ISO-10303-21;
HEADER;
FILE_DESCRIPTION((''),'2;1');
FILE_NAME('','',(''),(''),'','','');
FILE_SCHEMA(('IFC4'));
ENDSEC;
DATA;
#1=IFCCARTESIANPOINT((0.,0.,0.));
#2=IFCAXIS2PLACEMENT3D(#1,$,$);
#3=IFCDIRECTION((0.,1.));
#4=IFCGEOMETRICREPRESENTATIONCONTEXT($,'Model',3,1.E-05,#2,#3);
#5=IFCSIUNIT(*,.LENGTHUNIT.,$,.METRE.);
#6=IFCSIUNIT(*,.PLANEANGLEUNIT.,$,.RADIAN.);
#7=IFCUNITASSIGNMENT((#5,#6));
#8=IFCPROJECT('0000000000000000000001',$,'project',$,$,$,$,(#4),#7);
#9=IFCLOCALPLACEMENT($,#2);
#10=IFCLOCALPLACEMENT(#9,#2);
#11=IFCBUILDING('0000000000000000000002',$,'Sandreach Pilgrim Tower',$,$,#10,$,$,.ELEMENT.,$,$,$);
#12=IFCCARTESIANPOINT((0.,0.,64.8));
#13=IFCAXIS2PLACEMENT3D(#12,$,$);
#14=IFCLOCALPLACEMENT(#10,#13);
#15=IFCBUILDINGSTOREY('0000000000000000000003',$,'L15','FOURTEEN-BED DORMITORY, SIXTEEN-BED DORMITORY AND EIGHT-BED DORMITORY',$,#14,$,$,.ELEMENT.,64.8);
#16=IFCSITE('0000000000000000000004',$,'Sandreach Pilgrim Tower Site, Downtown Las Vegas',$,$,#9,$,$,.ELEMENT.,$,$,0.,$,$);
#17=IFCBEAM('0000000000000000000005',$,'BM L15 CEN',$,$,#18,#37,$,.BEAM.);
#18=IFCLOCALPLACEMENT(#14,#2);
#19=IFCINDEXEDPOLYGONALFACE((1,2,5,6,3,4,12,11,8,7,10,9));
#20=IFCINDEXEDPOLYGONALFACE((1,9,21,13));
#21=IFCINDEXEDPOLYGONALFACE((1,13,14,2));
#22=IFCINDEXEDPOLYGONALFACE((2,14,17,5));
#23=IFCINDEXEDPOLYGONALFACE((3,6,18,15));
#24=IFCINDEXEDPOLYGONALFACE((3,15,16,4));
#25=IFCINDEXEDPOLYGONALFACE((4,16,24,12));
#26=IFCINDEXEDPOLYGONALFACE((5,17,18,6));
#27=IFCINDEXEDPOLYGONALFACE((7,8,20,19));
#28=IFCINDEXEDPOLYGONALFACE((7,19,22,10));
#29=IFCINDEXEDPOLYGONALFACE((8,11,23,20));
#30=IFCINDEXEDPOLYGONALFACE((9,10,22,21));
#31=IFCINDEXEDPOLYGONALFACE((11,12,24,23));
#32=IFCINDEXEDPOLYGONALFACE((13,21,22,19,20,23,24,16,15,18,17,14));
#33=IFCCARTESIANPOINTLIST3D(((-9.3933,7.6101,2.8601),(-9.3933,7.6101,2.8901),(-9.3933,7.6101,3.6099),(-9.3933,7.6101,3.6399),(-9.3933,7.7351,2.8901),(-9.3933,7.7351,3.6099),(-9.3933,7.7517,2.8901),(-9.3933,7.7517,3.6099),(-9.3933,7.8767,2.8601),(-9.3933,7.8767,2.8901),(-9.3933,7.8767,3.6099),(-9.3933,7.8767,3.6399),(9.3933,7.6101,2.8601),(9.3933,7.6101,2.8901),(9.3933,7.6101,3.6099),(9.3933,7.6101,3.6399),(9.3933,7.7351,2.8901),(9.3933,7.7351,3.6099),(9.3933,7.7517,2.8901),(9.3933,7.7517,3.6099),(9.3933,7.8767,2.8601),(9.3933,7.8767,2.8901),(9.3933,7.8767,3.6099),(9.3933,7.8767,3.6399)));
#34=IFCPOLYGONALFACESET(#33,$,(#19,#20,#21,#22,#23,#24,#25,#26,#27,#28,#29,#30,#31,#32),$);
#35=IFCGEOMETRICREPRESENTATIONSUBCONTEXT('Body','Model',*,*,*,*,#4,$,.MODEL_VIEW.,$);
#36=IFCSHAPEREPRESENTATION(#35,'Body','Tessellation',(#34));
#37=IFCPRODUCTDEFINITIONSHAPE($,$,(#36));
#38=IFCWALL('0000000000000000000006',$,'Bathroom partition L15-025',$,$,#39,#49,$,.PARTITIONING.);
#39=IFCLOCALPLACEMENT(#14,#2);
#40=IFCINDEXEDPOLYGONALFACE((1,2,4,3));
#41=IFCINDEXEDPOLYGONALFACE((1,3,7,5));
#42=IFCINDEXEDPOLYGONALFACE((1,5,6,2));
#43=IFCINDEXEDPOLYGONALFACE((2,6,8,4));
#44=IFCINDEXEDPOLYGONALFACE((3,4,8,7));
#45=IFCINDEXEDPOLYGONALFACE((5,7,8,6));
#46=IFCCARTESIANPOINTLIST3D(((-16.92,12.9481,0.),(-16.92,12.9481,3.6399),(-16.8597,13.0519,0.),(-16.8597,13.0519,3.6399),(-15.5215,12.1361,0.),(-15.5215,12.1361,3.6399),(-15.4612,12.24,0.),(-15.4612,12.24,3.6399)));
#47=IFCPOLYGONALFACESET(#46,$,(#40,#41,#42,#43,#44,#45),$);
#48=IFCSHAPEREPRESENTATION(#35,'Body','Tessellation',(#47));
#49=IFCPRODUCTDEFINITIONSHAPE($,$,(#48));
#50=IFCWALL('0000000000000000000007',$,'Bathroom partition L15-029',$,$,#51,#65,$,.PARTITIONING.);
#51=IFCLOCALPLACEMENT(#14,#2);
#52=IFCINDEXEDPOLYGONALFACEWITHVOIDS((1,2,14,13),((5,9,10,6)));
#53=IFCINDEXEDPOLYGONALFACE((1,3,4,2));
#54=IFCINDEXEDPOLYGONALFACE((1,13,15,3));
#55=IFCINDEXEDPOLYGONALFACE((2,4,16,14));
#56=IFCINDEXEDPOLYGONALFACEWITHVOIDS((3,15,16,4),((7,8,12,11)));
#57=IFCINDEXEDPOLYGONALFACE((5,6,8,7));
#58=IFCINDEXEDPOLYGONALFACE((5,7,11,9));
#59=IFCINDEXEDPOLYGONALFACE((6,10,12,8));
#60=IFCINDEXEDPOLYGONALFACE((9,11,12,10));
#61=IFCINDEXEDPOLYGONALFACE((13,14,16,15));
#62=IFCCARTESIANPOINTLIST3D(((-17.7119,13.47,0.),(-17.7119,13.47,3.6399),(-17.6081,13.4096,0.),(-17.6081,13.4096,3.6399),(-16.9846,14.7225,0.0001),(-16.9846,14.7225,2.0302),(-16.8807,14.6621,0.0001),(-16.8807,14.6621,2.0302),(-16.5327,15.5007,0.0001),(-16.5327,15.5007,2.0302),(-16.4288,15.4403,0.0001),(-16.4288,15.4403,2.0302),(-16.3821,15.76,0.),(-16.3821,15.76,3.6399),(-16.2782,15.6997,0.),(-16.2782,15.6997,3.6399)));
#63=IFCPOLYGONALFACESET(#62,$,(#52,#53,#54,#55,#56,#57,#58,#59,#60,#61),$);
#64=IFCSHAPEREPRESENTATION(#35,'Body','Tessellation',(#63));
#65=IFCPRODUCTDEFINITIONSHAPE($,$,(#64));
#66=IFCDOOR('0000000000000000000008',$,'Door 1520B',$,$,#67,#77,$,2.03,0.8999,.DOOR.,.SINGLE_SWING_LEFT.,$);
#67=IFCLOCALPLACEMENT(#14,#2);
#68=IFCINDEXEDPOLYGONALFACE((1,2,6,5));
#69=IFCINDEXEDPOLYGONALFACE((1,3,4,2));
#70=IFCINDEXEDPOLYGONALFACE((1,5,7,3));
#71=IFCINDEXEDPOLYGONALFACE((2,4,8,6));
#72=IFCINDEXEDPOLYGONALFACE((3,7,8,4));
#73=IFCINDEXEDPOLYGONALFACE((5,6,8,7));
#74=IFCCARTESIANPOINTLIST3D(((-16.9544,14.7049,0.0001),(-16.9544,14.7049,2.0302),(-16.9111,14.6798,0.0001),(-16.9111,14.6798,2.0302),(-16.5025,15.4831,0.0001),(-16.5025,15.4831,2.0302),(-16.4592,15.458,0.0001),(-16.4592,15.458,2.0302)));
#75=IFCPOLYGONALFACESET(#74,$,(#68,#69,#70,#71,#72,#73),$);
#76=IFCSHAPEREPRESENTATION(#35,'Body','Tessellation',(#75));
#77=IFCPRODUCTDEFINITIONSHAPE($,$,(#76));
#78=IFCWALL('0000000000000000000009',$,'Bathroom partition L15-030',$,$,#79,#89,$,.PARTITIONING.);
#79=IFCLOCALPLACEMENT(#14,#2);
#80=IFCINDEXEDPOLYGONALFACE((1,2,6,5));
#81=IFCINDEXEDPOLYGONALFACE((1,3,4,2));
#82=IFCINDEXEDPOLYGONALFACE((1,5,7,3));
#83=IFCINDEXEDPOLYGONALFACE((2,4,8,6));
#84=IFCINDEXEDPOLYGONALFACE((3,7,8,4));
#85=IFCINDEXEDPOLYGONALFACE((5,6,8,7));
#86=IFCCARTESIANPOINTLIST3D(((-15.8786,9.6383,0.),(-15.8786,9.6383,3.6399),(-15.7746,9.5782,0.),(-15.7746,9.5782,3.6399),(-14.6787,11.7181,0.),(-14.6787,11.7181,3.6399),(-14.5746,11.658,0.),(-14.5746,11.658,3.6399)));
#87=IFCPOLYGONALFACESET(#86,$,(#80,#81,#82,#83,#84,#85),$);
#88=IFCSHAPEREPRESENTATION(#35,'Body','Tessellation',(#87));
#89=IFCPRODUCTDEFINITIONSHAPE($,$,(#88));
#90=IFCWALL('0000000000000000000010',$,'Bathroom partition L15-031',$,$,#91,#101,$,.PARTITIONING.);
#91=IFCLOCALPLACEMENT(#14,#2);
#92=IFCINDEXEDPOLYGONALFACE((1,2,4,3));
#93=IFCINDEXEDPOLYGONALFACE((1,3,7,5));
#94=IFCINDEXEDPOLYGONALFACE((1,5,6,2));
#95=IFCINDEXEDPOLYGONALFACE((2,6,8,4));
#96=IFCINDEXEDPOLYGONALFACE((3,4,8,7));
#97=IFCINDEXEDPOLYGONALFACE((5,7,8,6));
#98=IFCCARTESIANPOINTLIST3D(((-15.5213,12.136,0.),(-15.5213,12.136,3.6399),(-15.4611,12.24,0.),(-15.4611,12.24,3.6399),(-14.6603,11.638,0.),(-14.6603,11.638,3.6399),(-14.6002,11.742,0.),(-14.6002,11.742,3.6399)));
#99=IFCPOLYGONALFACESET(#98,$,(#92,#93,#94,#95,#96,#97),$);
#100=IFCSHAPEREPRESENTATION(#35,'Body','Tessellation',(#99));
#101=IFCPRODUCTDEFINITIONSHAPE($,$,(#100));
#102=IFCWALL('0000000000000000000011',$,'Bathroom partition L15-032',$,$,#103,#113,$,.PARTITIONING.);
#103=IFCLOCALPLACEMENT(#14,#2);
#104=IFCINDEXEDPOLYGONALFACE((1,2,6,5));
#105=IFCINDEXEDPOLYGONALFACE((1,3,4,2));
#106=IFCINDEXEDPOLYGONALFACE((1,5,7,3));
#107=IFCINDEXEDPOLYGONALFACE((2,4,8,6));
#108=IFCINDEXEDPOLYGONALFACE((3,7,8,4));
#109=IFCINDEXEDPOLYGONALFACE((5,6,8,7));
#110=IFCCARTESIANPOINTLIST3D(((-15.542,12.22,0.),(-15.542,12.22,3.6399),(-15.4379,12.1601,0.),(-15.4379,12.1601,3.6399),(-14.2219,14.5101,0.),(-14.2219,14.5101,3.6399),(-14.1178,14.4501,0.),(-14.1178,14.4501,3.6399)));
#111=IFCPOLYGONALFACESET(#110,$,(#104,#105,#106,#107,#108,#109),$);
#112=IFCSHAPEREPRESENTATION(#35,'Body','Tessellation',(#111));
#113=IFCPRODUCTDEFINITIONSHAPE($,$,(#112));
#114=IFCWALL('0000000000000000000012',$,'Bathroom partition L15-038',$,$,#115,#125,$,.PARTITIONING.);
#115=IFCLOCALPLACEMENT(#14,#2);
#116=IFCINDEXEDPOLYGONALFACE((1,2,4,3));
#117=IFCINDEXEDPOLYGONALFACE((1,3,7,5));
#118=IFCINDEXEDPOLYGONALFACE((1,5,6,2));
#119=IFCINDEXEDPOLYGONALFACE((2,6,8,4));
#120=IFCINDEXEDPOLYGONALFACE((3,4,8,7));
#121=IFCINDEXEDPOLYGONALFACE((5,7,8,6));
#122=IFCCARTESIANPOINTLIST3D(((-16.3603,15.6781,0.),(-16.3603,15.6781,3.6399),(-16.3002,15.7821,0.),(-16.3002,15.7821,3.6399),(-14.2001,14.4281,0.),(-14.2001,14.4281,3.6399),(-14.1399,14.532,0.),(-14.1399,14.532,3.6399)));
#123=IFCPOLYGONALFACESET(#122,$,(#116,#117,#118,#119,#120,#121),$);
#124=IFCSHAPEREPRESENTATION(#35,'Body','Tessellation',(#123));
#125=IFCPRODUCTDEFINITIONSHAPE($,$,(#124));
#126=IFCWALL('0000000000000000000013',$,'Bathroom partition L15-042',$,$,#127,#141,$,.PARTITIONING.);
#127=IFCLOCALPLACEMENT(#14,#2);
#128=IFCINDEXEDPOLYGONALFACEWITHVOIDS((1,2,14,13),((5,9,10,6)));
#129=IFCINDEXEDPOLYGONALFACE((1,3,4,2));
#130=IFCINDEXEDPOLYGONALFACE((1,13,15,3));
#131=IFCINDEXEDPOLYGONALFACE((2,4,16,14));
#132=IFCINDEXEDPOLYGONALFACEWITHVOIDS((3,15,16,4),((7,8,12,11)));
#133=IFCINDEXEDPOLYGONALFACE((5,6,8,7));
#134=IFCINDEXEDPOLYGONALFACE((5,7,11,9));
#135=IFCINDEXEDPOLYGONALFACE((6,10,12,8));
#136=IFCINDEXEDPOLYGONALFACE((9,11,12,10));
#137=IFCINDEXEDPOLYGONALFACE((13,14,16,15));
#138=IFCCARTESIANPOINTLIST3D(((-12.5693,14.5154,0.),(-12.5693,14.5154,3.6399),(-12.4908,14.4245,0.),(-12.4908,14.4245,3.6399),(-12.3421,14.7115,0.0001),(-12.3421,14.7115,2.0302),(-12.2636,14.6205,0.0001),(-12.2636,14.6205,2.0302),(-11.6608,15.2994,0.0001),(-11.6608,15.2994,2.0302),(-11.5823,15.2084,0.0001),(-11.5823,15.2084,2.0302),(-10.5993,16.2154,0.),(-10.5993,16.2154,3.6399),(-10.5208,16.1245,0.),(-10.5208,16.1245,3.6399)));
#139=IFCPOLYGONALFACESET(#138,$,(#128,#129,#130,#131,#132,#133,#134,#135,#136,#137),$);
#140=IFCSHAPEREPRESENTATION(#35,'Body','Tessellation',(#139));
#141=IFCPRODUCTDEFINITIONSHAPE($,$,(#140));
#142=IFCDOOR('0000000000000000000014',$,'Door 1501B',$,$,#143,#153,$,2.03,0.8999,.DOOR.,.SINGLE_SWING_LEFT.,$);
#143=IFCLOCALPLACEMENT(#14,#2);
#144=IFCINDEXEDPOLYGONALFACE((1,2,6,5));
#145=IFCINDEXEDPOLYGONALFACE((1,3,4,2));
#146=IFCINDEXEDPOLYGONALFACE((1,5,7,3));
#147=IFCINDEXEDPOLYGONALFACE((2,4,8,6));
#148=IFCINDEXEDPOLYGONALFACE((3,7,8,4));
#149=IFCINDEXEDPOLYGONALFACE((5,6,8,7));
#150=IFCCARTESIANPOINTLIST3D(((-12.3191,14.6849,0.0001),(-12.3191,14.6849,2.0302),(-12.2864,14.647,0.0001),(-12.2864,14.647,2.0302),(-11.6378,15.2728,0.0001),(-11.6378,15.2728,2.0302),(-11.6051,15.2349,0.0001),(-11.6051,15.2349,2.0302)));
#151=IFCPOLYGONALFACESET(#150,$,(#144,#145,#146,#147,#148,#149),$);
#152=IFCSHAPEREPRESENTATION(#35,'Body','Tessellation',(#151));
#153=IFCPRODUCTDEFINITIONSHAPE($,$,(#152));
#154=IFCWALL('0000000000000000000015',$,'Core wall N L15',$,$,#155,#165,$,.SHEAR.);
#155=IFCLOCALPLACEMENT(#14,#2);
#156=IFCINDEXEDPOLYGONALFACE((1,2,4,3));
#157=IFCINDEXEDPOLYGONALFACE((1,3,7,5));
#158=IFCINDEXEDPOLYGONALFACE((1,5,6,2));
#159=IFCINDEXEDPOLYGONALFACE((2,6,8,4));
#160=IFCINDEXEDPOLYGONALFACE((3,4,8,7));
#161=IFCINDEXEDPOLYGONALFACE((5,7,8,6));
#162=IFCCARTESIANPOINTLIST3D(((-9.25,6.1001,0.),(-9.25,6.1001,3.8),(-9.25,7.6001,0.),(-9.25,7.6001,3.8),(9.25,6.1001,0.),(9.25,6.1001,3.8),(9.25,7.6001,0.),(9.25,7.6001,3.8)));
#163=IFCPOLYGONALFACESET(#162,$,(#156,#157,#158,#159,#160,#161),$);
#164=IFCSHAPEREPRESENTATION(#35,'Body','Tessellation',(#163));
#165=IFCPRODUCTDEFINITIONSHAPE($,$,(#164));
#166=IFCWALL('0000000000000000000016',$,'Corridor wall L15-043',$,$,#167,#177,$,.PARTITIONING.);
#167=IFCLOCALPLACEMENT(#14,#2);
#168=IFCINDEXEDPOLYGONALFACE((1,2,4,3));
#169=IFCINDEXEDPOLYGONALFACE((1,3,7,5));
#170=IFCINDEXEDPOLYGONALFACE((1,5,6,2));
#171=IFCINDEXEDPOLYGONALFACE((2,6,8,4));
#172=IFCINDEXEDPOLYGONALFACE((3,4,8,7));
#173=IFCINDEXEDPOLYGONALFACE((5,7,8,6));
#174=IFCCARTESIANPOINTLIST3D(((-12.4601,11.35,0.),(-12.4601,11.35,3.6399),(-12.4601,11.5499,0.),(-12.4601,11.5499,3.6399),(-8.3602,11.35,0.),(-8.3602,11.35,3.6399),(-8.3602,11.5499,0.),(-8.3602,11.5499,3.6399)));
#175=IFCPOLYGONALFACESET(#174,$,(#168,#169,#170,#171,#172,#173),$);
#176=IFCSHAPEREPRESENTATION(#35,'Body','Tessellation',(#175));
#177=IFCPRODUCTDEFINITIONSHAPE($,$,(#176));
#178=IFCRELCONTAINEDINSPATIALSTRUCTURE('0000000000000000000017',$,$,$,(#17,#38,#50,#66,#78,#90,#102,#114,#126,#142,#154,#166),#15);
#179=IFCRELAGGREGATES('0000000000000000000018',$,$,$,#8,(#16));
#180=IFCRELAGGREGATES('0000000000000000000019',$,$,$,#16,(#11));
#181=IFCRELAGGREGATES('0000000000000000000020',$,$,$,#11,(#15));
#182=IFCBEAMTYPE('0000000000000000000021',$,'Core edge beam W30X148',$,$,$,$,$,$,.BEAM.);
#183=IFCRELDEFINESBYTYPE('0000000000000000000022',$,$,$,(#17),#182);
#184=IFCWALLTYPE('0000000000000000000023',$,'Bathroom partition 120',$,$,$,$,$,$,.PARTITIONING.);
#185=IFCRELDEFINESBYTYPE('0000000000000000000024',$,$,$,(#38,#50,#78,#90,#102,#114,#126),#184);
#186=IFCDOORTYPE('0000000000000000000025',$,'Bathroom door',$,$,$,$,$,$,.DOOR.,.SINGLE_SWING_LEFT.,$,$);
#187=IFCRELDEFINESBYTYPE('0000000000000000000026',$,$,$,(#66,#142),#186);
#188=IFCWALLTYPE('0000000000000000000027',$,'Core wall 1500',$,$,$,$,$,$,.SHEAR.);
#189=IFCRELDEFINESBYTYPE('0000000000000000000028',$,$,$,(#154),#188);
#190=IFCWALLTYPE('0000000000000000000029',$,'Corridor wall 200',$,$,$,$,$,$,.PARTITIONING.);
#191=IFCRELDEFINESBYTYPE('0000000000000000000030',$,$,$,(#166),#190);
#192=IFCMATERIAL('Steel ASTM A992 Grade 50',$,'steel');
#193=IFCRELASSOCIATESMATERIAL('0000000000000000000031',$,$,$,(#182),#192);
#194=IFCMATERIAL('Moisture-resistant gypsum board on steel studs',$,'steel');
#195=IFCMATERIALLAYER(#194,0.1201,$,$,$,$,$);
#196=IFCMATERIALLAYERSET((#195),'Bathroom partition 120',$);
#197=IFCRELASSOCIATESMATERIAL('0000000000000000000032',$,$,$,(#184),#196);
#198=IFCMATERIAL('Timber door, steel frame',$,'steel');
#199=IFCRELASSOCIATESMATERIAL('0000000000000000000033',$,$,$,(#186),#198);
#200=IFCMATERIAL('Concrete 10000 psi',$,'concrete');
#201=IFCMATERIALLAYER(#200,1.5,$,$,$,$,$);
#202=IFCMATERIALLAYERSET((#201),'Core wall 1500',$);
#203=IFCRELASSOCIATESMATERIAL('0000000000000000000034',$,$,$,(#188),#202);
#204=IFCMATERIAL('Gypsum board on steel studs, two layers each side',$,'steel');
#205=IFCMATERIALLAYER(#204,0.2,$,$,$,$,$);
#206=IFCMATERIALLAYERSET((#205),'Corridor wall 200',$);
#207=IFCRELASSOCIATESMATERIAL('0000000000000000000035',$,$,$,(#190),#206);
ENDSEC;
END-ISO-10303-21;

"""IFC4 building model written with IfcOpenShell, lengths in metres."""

from ifc_helpers import new_model, si_unit, direction, frame, frame_2d, origin, origin_2d, place, context, subcontext, project, spatial, rectangle, i_section, extrude, material, layer, layer_set, material_profile, profile_set, type_object, element, fill, save


model = new_model("IFC4")

# Units and contexts
model_context = context("Model", 3, precision=1e-05, world=origin(), true_north=direction((0.0, 1.0)))
body_context = subcontext(model_context, "Body", "Model", "MODEL_VIEW")
ifc_project = project(units=[si_unit("LENGTHUNIT", "METRE"), si_unit("PLANEANGLEUNIT", "RADIAN")], contexts=[model_context])

# Site, building, storey
site_placement = place(None, origin())
site = spatial("IfcSite", under=ifc_project, at=site_placement, Name="Sandreach Pilgrim Tower Site, Downtown Las Vegas", CompositionType="ELEMENT", RefElevation=0.0)
building_placement = place(site_placement, origin())
building = spatial("IfcBuilding", under=site, at=building_placement, Name="Sandreach Pilgrim Tower", CompositionType="ELEMENT")
storey_placement = place(building_placement, frame((0.0, 0.0, 64.8)))
storey = spatial("IfcBuildingStorey", under=building, at=storey_placement, Name="L15", Description="FOURTEEN-BED DORMITORY, SIXTEEN-BED DORMITORY AND EIGHT-BED DORMITORY", CompositionType="ELEMENT", Elevation=64.8)

# Beam
ifc_material_1 = material(Name="Steel ASTM A992 Grade 50", Category="steel")
ifc_material_profile = material_profile(ifc_material_1, i_section(OverallWidth=0.2666, OverallDepth=0.7798, WebThickness=0.0166, FlangeThickness=0.03, at=origin_2d()), Name="W30X148")
ifc_profile_set = profile_set([ifc_material_profile], Name="Steel ASTM A992 Grade 50")
beam_type = type_object("IfcBeamType", Name="Core edge beam W30X148", PredefinedType="BEAM", material=ifc_profile_set)
beam_placement = place(storey_placement, frame((-9.3933, 7.7434, 3.25), z_axis=(1.0, 0.0, 0.0), x_axis=(0.0, 1.0, 0.0)))
element("IfcBeam", 1, at=beam_placement, inside=storey, type_object=beam_type, Name="BM L15 CEN", PredefinedType="BEAM", context=body_context, shape_type="SweptSolid", body=[
    extrude(i_section(OverallWidth=0.2666, OverallDepth=0.7798, WebThickness=0.0166, FlangeThickness=0.03, at=origin_2d()), origin(), (0.0, 0.0, 1.0), 18.7866),
])

# Wall
ifc_material_2 = material(Name="Moisture-resistant gypsum board on steel studs", Category="steel")
ifc_layer_1 = layer(ifc_material_2, 0.1201)
ifc_layer_set_1 = layer_set([ifc_layer_1], Name="Bathroom partition 120")
wall_type_1 = type_object("IfcWallType", Name="Bathroom partition 120", PredefinedType="PARTITIONING", material=ifc_layer_set_1)
wall_1_placement = place(storey_placement, frame((-16.8899, 13.0, 0.0), z_axis=(0.0, 0.0, 1.0), x_axis=(0.864823, -0.502077, 0.0)))
element("IfcWall", 2, at=wall_1_placement, inside=storey, type_object=wall_type_1, Name="Bathroom partition L15-025", PredefinedType="PARTITIONING", context=body_context, shape_type="SweptSolid", body=[
    extrude(rectangle(XDim=1.6172, YDim=0.1201, at=frame_2d((0.8086, 0.0))), origin(), (0.0, 0.0, 1.0), 3.6399),
])

# Wall, opening, door
wall_2_placement = place(storey_placement, frame((-16.3301, 15.73, 0.0), z_axis=(0.0, 0.0, 1.0), x_axis=(-0.502173, -0.864767, 0.0)))
wall_2 = element("IfcWall", 3, at=wall_2_placement, inside=storey, type_object=wall_type_1, Name="Bathroom partition L15-029", PredefinedType="PARTITIONING", context=body_context, shape_type="SweptSolid", body=[
    extrude(rectangle(XDim=2.6482, YDim=0.1201, at=frame_2d((1.3242, 0.0))), origin(), (0.0, 0.0, 1.0), 3.6399),
])
opening_1_placement = place(wall_2_placement, frame((0.3, 0.0, 0.0)))
opening_1 = element("IfcOpeningElement", 4, at=opening_1_placement, cuts=wall_2, PredefinedType="OPENING", context=body_context, shape_type="SweptSolid", body=[
    extrude(rectangle(XDim=0.8999, YDim=2.03, at=frame_2d((0.45, 1.0151))), frame((0.0, 0.0601, 0.0), z_axis=(0.0, -1.0, 0.0), x_axis=(1.0, 0.0, 0.0)), (0.0, 0.0, 1.0), 0.1201),
])
ifc_material_3 = material(Name="Timber door, steel frame", Category="steel")
door_type_1 = type_object("IfcDoorType", Name="Bathroom door", OperationType="SINGLE_SWING_LEFT", PredefinedType="DOOR", material=ifc_material_3)
door_1_placement = place(opening_1_placement, origin())
door_1 = element("IfcDoor", 5, at=door_1_placement, inside=storey, type_object=door_type_1, Name="Door 1520B", OperationType="SINGLE_SWING_LEFT", OverallHeight=2.03, OverallWidth=0.8999, PredefinedType="DOOR", context=body_context, shape_type="SweptSolid", body=[
    extrude(rectangle(XDim=0.8999, YDim=2.03, at=frame_2d((0.45, 1.0151))), frame((0.0, 0.0249, 0.0), z_axis=(0.0, -1.0, 0.0), x_axis=(1.0, 0.0, 0.0)), (0.0, 0.0, 1.0), 0.05),
])
fill(opening_1, door_1)

# Walls
wall_3_placement = place(storey_placement, frame((-15.8267, 9.6082, 0.0), z_axis=(0.0, 0.0, 1.0), x_axis=(0.499737, 0.866177, 0.0)))
element("IfcWall", 6, at=wall_3_placement, inside=storey, type_object=wall_type_1, Name="Bathroom partition L15-030", PredefinedType="PARTITIONING", context=body_context, shape_type="SweptSolid", body=[
    extrude(rectangle(XDim=2.4011, YDim=0.1201, at=frame_2d((1.2007, 0.0))), origin(), (0.0, 0.0, 1.0), 3.6399),
])
wall_4_placement = place(storey_placement, frame((-15.4912, 12.188, 0.0), z_axis=(0.0, 0.0, 1.0), x_axis=(0.865633, -0.500678, 0.0)))
element("IfcWall", 7, at=wall_4_placement, inside=storey, type_object=wall_type_1, Name="Bathroom partition L15-031", PredefinedType="PARTITIONING", context=body_context, shape_type="SweptSolid", body=[
    extrude(rectangle(XDim=0.9946, YDim=0.1201, at=frame_2d((0.4973, 0.0))), origin(), (0.0, 0.0, 1.0), 3.6399),
])
wall_5_placement = place(storey_placement, frame((-15.49, 12.1899, 0.0), z_axis=(0.0, 0.0, 1.0), x_axis=(0.499408, 0.866367, 0.0)))
element("IfcWall", 8, at=wall_5_placement, inside=storey, type_object=wall_type_1, Name="Bathroom partition L15-032", PredefinedType="PARTITIONING", context=body_context, shape_type="SweptSolid", body=[
    extrude(rectangle(XDim=2.6433, YDim=0.1201, at=frame_2d((1.3218, 0.0))), origin(), (0.0, 0.0, 1.0), 3.6399),
])
wall_6_placement = place(storey_placement, frame((-14.1699, 14.48, 0.0), z_axis=(0.0, 0.0, 1.0), x_axis=(-0.865533, 0.500851, 0.0)))
element("IfcWall", 9, at=wall_6_placement, inside=storey, type_object=wall_type_1, Name="Bathroom partition L15-038", PredefinedType="PARTITIONING", context=body_context, shape_type="SweptSolid", body=[
    extrude(rectangle(XDim=2.4958, YDim=0.1201, at=frame_2d((1.248, 0.0))), origin(), (0.0, 0.0, 1.0), 3.6399),
])

# Wall, opening, door
wall_7_placement = place(storey_placement, frame((-12.53, 14.47, 0.0), z_axis=(0.0, 0.0, 1.0), x_axis=(0.757087, 0.653314, 0.0)))
wall_7 = element("IfcWall", 10, at=wall_7_placement, inside=storey, type_object=wall_type_1, Name="Bathroom partition L15-042", PredefinedType="PARTITIONING", context=body_context, shape_type="SweptSolid", body=[
    extrude(rectangle(XDim=2.6021, YDim=0.1201, at=frame_2d((1.301, 0.0))), origin(), (0.0, 0.0, 1.0), 3.6399),
])
opening_2_placement = place(wall_7_placement, frame((0.3, 0.0, 0.0)))
opening_2 = element("IfcOpeningElement", 11, at=opening_2_placement, cuts=wall_7, PredefinedType="OPENING", context=body_context, shape_type="SweptSolid", body=[
    extrude(rectangle(XDim=0.8999, YDim=2.03, at=frame_2d((0.45, 1.0151))), frame((0.0, 0.0601, 0.0), z_axis=(0.0, -1.0, 0.0), x_axis=(1.0, 0.0, 0.0)), (0.0, 0.0, 1.0), 0.1201),
])
door_2_placement = place(opening_2_placement, origin())
door_2 = element("IfcDoor", 12, at=door_2_placement, inside=storey, type_object=door_type_1, Name="Door 1501B", OperationType="SINGLE_SWING_LEFT", OverallHeight=2.03, OverallWidth=0.8999, PredefinedType="DOOR", context=body_context, shape_type="SweptSolid", body=[
    extrude(rectangle(XDim=0.8999, YDim=2.03, at=frame_2d((0.45, 1.0151))), frame((0.0, 0.0249, 0.0), z_axis=(0.0, -1.0, 0.0), x_axis=(1.0, 0.0, 0.0)), (0.0, 0.0, 1.0), 0.05),
])
fill(opening_2, door_2)

# Wall
ifc_material_4 = material(Name="Concrete 10000 psi", Category="concrete")
ifc_layer_2 = layer(ifc_material_4, 1.5)
ifc_layer_set_2 = layer_set([ifc_layer_2], Name="Core wall 1500")
wall_type_2 = type_object("IfcWallType", Name="Core wall 1500", PredefinedType="SHEAR", material=ifc_layer_set_2)
wall_8_placement = place(storey_placement, frame((-9.25, 6.8501, 0.0), z_axis=(0.0, 0.0, 1.0), x_axis=(1.0, 0.0, 0.0)))
element("IfcWall", 13, at=wall_8_placement, inside=storey, type_object=wall_type_2, Name="Core wall N L15", PredefinedType="SHEAR", context=body_context, shape_type="SweptSolid", body=[
    extrude(rectangle(XDim=18.5, YDim=1.5, at=frame_2d((9.25, 0.0))), origin(), (0.0, 0.0, 1.0), 3.8),
])

# Shared definitions
ifc_material_5 = material(Name="Gypsum board on steel studs, two layers each side", Category="steel")
ifc_layer_3 = layer(ifc_material_5, 0.2)
ifc_layer_set_3 = layer_set([ifc_layer_3], Name="Corridor wall 200")
wall_type_3 = type_object("IfcWallType", Name="Corridor wall 200", PredefinedType="PARTITIONING", material=ifc_layer_set_3)

# Wall
wall_9_placement = place(storey_placement, frame((-12.46, 11.45, 0.0), z_axis=(0.0, 0.0, 1.0), x_axis=(1.0, 0.0, 0.0)))
element("IfcWall", 14, at=wall_9_placement, inside=storey, type_object=wall_type_3, Name="Corridor wall L15-043", PredefinedType="PARTITIONING", context=body_context, shape_type="SweptSolid", body=[
    extrude(rectangle(XDim=4.0999, YDim=0.2, at=frame_2d((2.0498, 0.0))), origin(), (0.0, 0.0, 1.0), 3.6399),
])

save(model, "model.ifc")
